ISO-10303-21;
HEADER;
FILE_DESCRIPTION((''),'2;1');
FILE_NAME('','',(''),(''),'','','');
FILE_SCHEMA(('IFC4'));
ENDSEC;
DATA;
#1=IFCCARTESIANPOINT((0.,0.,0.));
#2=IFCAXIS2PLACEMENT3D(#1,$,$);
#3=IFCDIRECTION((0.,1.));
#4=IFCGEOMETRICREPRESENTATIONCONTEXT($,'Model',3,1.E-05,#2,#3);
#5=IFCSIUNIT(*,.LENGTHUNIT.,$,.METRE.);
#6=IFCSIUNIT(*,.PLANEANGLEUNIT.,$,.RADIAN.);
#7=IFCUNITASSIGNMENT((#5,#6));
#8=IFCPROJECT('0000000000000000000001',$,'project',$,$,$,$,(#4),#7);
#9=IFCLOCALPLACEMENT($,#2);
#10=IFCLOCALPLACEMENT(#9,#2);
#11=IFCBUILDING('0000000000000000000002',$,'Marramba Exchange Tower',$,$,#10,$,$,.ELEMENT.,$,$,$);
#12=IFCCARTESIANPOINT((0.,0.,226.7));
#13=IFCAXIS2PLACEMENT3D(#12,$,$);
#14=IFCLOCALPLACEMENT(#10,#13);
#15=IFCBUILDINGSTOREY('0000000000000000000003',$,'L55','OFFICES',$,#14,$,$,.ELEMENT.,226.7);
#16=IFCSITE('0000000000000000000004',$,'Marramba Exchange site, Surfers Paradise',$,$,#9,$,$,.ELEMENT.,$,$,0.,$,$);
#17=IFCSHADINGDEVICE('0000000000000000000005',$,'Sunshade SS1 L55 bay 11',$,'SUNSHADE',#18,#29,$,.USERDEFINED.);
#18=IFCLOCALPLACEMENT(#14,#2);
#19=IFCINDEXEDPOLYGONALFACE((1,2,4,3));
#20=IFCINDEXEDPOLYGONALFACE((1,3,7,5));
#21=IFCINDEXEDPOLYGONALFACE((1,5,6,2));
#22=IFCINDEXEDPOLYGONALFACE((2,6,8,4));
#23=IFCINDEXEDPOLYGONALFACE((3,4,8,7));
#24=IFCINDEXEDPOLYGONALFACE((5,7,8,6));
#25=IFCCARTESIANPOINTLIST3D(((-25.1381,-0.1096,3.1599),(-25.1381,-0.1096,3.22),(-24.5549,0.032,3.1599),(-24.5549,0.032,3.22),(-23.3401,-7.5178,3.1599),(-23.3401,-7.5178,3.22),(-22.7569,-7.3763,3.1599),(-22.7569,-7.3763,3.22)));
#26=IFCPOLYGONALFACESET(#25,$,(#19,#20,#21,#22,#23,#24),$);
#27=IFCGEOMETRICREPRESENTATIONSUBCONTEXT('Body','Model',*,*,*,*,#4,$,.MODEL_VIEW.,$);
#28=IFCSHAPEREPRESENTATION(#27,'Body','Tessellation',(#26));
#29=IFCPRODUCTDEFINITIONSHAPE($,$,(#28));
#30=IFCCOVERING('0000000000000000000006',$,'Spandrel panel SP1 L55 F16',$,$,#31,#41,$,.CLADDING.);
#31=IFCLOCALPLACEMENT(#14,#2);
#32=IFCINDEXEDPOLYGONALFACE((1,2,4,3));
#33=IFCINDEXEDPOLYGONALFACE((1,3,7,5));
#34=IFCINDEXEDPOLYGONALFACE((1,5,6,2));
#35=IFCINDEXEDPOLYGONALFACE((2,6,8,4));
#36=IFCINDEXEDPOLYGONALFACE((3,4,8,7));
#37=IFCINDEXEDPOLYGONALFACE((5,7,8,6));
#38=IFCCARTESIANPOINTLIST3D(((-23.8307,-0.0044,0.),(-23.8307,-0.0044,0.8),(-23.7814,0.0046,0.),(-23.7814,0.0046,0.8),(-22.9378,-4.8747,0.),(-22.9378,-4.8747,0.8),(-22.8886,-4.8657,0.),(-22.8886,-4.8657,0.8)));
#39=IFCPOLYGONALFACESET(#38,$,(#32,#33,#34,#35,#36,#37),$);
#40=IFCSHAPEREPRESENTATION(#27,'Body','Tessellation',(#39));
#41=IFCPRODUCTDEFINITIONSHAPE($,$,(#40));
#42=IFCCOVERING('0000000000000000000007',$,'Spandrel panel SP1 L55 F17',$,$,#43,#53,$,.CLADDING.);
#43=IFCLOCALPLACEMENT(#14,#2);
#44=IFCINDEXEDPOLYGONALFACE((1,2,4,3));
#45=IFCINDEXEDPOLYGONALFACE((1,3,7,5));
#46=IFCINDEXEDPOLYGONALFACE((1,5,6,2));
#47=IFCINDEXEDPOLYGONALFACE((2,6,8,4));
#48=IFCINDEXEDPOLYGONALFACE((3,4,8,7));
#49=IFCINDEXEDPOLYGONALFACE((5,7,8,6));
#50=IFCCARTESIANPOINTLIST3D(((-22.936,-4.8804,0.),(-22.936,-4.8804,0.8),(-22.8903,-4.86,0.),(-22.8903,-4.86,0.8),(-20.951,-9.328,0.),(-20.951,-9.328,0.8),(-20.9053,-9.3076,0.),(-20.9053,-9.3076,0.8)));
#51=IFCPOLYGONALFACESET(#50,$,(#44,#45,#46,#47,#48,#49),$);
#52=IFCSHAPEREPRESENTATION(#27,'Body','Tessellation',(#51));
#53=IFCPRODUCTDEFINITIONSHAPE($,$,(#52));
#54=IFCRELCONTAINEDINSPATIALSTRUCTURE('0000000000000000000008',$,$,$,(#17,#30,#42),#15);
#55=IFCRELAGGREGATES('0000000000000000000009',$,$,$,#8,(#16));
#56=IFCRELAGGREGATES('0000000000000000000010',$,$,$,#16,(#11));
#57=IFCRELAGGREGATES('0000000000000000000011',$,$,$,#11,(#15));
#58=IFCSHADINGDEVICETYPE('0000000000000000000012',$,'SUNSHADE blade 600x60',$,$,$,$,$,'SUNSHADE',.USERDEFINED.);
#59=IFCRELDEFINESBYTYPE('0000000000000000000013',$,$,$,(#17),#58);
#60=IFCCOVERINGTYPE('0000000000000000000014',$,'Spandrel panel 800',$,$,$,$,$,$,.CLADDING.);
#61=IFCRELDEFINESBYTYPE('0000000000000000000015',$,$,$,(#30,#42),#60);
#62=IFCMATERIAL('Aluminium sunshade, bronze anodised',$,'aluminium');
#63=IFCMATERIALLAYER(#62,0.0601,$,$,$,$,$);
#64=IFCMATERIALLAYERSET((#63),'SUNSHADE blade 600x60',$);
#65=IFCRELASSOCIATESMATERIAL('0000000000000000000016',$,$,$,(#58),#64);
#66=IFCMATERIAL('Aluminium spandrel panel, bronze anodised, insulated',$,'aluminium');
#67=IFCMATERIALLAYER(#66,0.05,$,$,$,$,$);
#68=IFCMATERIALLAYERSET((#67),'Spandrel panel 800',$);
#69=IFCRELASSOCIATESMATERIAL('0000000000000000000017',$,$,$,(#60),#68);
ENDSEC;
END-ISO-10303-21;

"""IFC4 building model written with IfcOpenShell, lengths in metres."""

from ifc_helpers import new_model, si_unit, direction, frame, origin, origin_2d, place, context, subcontext, project, spatial, rectangle, extrude, material, layer, layer_set, type_object, element, save


model = new_model("IFC4")

# Units and contexts
model_context = context("Model", 3, precision=1e-05, world=origin(), true_north=direction((0.0, 1.0)))
body_context = subcontext(model_context, "Body", "Model", "MODEL_VIEW")
ifc_project = project(units=[si_unit("LENGTHUNIT", "METRE"), si_unit("PLANEANGLEUNIT", "RADIAN")], contexts=[model_context])

# Site, building, storey
site_placement = place(None, origin())
site = spatial("IfcSite", under=ifc_project, at=site_placement, Name="Marramba Exchange site, Surfers Paradise", CompositionType="ELEMENT", RefElevation=0.0)
building_placement = place(site_placement, origin())
building = spatial("IfcBuilding", under=site, at=building_placement, Name="Marramba Exchange Tower", CompositionType="ELEMENT")
storey_placement = place(building_placement, frame((0.0, 0.0, 226.7)))
storey = spatial("IfcBuildingStorey", under=building, at=storey_placement, Name="L55", Description="OFFICES", CompositionType="ELEMENT", Elevation=226.7)

# Shading device
ifc_material_1 = material(Name="Aluminium sunshade, bronze anodised", Category="aluminium")
ifc_layer_1 = layer(ifc_material_1, 0.0601)
ifc_layer_set_1 = layer_set([ifc_layer_1], Name="SUNSHADE blade 600x60")
shading_device_type_1 = type_object("IfcShadingDeviceType", Name="SUNSHADE blade 600x60", ElementType="SUNSHADE", PredefinedType="USERDEFINED", material=ifc_layer_set_1)
shading_device_placement = place(storey_placement, frame((-23.9475, -3.7429, 3.1599), z_axis=(0.0, 0.0, 1.0), x_axis=(0.235861, -0.971787, 0.0)))
element("IfcShadingDevice", 1, at=shading_device_placement, inside=storey, type_object=shading_device_type_1, Name="Sunshade SS1 L55 bay 11", ObjectType="SUNSHADE", PredefinedType="USERDEFINED", context=body_context, shape_type="SweptSolid", body=[
    extrude(rectangle(XDim=7.6233, YDim=0.6001, at=origin_2d()), origin(), (0.0, 0.0, 1.0), 0.0601),
])

# Coverings
ifc_material_2 = material(Name="Aluminium spandrel panel, bronze anodised, insulated", Category="aluminium")
ifc_layer_2 = layer(ifc_material_2, 0.05)
ifc_layer_set_2 = layer_set([ifc_layer_2], Name="Spandrel panel 800")
covering_type = type_object("IfcCoveringType", Name="Spandrel panel 800", PredefinedType="CLADDING", material=ifc_layer_set_2)
covering_1_placement = place(storey_placement, frame((-23.3596, -2.4351, 0.0), z_axis=(0.0, 0.0, 1.0), x_axis=(0.180327, -0.983607, 0.0)))
element("IfcCovering", 2, at=covering_1_placement, inside=storey, type_object=covering_type, Name="Spandrel panel SP1 L55 F16", PredefinedType="CLADDING", context=body_context, shape_type="SweptSolid", body=[
    extrude(rectangle(XDim=4.9514, YDim=0.05, at=origin_2d()), origin(), (0.0, 0.0, 1.0), 0.8),
])
covering_2_placement = place(storey_placement, frame((-21.9207, -7.094, 0.0), z_axis=(0.0, 0.0, 1.0), x_axis=(0.407558, -0.91318, 0.0)))
element("IfcCovering", 3, at=covering_2_placement, inside=storey, type_object=covering_type, Name="Spandrel panel SP1 L55 F17", PredefinedType="CLADDING", context=body_context, shape_type="SweptSolid", body=[
    extrude(rectangle(XDim=4.8704, YDim=0.05, at=origin_2d()), origin(), (0.0, 0.0, 1.0), 0.8),
])

save(model, "model.ifc")
